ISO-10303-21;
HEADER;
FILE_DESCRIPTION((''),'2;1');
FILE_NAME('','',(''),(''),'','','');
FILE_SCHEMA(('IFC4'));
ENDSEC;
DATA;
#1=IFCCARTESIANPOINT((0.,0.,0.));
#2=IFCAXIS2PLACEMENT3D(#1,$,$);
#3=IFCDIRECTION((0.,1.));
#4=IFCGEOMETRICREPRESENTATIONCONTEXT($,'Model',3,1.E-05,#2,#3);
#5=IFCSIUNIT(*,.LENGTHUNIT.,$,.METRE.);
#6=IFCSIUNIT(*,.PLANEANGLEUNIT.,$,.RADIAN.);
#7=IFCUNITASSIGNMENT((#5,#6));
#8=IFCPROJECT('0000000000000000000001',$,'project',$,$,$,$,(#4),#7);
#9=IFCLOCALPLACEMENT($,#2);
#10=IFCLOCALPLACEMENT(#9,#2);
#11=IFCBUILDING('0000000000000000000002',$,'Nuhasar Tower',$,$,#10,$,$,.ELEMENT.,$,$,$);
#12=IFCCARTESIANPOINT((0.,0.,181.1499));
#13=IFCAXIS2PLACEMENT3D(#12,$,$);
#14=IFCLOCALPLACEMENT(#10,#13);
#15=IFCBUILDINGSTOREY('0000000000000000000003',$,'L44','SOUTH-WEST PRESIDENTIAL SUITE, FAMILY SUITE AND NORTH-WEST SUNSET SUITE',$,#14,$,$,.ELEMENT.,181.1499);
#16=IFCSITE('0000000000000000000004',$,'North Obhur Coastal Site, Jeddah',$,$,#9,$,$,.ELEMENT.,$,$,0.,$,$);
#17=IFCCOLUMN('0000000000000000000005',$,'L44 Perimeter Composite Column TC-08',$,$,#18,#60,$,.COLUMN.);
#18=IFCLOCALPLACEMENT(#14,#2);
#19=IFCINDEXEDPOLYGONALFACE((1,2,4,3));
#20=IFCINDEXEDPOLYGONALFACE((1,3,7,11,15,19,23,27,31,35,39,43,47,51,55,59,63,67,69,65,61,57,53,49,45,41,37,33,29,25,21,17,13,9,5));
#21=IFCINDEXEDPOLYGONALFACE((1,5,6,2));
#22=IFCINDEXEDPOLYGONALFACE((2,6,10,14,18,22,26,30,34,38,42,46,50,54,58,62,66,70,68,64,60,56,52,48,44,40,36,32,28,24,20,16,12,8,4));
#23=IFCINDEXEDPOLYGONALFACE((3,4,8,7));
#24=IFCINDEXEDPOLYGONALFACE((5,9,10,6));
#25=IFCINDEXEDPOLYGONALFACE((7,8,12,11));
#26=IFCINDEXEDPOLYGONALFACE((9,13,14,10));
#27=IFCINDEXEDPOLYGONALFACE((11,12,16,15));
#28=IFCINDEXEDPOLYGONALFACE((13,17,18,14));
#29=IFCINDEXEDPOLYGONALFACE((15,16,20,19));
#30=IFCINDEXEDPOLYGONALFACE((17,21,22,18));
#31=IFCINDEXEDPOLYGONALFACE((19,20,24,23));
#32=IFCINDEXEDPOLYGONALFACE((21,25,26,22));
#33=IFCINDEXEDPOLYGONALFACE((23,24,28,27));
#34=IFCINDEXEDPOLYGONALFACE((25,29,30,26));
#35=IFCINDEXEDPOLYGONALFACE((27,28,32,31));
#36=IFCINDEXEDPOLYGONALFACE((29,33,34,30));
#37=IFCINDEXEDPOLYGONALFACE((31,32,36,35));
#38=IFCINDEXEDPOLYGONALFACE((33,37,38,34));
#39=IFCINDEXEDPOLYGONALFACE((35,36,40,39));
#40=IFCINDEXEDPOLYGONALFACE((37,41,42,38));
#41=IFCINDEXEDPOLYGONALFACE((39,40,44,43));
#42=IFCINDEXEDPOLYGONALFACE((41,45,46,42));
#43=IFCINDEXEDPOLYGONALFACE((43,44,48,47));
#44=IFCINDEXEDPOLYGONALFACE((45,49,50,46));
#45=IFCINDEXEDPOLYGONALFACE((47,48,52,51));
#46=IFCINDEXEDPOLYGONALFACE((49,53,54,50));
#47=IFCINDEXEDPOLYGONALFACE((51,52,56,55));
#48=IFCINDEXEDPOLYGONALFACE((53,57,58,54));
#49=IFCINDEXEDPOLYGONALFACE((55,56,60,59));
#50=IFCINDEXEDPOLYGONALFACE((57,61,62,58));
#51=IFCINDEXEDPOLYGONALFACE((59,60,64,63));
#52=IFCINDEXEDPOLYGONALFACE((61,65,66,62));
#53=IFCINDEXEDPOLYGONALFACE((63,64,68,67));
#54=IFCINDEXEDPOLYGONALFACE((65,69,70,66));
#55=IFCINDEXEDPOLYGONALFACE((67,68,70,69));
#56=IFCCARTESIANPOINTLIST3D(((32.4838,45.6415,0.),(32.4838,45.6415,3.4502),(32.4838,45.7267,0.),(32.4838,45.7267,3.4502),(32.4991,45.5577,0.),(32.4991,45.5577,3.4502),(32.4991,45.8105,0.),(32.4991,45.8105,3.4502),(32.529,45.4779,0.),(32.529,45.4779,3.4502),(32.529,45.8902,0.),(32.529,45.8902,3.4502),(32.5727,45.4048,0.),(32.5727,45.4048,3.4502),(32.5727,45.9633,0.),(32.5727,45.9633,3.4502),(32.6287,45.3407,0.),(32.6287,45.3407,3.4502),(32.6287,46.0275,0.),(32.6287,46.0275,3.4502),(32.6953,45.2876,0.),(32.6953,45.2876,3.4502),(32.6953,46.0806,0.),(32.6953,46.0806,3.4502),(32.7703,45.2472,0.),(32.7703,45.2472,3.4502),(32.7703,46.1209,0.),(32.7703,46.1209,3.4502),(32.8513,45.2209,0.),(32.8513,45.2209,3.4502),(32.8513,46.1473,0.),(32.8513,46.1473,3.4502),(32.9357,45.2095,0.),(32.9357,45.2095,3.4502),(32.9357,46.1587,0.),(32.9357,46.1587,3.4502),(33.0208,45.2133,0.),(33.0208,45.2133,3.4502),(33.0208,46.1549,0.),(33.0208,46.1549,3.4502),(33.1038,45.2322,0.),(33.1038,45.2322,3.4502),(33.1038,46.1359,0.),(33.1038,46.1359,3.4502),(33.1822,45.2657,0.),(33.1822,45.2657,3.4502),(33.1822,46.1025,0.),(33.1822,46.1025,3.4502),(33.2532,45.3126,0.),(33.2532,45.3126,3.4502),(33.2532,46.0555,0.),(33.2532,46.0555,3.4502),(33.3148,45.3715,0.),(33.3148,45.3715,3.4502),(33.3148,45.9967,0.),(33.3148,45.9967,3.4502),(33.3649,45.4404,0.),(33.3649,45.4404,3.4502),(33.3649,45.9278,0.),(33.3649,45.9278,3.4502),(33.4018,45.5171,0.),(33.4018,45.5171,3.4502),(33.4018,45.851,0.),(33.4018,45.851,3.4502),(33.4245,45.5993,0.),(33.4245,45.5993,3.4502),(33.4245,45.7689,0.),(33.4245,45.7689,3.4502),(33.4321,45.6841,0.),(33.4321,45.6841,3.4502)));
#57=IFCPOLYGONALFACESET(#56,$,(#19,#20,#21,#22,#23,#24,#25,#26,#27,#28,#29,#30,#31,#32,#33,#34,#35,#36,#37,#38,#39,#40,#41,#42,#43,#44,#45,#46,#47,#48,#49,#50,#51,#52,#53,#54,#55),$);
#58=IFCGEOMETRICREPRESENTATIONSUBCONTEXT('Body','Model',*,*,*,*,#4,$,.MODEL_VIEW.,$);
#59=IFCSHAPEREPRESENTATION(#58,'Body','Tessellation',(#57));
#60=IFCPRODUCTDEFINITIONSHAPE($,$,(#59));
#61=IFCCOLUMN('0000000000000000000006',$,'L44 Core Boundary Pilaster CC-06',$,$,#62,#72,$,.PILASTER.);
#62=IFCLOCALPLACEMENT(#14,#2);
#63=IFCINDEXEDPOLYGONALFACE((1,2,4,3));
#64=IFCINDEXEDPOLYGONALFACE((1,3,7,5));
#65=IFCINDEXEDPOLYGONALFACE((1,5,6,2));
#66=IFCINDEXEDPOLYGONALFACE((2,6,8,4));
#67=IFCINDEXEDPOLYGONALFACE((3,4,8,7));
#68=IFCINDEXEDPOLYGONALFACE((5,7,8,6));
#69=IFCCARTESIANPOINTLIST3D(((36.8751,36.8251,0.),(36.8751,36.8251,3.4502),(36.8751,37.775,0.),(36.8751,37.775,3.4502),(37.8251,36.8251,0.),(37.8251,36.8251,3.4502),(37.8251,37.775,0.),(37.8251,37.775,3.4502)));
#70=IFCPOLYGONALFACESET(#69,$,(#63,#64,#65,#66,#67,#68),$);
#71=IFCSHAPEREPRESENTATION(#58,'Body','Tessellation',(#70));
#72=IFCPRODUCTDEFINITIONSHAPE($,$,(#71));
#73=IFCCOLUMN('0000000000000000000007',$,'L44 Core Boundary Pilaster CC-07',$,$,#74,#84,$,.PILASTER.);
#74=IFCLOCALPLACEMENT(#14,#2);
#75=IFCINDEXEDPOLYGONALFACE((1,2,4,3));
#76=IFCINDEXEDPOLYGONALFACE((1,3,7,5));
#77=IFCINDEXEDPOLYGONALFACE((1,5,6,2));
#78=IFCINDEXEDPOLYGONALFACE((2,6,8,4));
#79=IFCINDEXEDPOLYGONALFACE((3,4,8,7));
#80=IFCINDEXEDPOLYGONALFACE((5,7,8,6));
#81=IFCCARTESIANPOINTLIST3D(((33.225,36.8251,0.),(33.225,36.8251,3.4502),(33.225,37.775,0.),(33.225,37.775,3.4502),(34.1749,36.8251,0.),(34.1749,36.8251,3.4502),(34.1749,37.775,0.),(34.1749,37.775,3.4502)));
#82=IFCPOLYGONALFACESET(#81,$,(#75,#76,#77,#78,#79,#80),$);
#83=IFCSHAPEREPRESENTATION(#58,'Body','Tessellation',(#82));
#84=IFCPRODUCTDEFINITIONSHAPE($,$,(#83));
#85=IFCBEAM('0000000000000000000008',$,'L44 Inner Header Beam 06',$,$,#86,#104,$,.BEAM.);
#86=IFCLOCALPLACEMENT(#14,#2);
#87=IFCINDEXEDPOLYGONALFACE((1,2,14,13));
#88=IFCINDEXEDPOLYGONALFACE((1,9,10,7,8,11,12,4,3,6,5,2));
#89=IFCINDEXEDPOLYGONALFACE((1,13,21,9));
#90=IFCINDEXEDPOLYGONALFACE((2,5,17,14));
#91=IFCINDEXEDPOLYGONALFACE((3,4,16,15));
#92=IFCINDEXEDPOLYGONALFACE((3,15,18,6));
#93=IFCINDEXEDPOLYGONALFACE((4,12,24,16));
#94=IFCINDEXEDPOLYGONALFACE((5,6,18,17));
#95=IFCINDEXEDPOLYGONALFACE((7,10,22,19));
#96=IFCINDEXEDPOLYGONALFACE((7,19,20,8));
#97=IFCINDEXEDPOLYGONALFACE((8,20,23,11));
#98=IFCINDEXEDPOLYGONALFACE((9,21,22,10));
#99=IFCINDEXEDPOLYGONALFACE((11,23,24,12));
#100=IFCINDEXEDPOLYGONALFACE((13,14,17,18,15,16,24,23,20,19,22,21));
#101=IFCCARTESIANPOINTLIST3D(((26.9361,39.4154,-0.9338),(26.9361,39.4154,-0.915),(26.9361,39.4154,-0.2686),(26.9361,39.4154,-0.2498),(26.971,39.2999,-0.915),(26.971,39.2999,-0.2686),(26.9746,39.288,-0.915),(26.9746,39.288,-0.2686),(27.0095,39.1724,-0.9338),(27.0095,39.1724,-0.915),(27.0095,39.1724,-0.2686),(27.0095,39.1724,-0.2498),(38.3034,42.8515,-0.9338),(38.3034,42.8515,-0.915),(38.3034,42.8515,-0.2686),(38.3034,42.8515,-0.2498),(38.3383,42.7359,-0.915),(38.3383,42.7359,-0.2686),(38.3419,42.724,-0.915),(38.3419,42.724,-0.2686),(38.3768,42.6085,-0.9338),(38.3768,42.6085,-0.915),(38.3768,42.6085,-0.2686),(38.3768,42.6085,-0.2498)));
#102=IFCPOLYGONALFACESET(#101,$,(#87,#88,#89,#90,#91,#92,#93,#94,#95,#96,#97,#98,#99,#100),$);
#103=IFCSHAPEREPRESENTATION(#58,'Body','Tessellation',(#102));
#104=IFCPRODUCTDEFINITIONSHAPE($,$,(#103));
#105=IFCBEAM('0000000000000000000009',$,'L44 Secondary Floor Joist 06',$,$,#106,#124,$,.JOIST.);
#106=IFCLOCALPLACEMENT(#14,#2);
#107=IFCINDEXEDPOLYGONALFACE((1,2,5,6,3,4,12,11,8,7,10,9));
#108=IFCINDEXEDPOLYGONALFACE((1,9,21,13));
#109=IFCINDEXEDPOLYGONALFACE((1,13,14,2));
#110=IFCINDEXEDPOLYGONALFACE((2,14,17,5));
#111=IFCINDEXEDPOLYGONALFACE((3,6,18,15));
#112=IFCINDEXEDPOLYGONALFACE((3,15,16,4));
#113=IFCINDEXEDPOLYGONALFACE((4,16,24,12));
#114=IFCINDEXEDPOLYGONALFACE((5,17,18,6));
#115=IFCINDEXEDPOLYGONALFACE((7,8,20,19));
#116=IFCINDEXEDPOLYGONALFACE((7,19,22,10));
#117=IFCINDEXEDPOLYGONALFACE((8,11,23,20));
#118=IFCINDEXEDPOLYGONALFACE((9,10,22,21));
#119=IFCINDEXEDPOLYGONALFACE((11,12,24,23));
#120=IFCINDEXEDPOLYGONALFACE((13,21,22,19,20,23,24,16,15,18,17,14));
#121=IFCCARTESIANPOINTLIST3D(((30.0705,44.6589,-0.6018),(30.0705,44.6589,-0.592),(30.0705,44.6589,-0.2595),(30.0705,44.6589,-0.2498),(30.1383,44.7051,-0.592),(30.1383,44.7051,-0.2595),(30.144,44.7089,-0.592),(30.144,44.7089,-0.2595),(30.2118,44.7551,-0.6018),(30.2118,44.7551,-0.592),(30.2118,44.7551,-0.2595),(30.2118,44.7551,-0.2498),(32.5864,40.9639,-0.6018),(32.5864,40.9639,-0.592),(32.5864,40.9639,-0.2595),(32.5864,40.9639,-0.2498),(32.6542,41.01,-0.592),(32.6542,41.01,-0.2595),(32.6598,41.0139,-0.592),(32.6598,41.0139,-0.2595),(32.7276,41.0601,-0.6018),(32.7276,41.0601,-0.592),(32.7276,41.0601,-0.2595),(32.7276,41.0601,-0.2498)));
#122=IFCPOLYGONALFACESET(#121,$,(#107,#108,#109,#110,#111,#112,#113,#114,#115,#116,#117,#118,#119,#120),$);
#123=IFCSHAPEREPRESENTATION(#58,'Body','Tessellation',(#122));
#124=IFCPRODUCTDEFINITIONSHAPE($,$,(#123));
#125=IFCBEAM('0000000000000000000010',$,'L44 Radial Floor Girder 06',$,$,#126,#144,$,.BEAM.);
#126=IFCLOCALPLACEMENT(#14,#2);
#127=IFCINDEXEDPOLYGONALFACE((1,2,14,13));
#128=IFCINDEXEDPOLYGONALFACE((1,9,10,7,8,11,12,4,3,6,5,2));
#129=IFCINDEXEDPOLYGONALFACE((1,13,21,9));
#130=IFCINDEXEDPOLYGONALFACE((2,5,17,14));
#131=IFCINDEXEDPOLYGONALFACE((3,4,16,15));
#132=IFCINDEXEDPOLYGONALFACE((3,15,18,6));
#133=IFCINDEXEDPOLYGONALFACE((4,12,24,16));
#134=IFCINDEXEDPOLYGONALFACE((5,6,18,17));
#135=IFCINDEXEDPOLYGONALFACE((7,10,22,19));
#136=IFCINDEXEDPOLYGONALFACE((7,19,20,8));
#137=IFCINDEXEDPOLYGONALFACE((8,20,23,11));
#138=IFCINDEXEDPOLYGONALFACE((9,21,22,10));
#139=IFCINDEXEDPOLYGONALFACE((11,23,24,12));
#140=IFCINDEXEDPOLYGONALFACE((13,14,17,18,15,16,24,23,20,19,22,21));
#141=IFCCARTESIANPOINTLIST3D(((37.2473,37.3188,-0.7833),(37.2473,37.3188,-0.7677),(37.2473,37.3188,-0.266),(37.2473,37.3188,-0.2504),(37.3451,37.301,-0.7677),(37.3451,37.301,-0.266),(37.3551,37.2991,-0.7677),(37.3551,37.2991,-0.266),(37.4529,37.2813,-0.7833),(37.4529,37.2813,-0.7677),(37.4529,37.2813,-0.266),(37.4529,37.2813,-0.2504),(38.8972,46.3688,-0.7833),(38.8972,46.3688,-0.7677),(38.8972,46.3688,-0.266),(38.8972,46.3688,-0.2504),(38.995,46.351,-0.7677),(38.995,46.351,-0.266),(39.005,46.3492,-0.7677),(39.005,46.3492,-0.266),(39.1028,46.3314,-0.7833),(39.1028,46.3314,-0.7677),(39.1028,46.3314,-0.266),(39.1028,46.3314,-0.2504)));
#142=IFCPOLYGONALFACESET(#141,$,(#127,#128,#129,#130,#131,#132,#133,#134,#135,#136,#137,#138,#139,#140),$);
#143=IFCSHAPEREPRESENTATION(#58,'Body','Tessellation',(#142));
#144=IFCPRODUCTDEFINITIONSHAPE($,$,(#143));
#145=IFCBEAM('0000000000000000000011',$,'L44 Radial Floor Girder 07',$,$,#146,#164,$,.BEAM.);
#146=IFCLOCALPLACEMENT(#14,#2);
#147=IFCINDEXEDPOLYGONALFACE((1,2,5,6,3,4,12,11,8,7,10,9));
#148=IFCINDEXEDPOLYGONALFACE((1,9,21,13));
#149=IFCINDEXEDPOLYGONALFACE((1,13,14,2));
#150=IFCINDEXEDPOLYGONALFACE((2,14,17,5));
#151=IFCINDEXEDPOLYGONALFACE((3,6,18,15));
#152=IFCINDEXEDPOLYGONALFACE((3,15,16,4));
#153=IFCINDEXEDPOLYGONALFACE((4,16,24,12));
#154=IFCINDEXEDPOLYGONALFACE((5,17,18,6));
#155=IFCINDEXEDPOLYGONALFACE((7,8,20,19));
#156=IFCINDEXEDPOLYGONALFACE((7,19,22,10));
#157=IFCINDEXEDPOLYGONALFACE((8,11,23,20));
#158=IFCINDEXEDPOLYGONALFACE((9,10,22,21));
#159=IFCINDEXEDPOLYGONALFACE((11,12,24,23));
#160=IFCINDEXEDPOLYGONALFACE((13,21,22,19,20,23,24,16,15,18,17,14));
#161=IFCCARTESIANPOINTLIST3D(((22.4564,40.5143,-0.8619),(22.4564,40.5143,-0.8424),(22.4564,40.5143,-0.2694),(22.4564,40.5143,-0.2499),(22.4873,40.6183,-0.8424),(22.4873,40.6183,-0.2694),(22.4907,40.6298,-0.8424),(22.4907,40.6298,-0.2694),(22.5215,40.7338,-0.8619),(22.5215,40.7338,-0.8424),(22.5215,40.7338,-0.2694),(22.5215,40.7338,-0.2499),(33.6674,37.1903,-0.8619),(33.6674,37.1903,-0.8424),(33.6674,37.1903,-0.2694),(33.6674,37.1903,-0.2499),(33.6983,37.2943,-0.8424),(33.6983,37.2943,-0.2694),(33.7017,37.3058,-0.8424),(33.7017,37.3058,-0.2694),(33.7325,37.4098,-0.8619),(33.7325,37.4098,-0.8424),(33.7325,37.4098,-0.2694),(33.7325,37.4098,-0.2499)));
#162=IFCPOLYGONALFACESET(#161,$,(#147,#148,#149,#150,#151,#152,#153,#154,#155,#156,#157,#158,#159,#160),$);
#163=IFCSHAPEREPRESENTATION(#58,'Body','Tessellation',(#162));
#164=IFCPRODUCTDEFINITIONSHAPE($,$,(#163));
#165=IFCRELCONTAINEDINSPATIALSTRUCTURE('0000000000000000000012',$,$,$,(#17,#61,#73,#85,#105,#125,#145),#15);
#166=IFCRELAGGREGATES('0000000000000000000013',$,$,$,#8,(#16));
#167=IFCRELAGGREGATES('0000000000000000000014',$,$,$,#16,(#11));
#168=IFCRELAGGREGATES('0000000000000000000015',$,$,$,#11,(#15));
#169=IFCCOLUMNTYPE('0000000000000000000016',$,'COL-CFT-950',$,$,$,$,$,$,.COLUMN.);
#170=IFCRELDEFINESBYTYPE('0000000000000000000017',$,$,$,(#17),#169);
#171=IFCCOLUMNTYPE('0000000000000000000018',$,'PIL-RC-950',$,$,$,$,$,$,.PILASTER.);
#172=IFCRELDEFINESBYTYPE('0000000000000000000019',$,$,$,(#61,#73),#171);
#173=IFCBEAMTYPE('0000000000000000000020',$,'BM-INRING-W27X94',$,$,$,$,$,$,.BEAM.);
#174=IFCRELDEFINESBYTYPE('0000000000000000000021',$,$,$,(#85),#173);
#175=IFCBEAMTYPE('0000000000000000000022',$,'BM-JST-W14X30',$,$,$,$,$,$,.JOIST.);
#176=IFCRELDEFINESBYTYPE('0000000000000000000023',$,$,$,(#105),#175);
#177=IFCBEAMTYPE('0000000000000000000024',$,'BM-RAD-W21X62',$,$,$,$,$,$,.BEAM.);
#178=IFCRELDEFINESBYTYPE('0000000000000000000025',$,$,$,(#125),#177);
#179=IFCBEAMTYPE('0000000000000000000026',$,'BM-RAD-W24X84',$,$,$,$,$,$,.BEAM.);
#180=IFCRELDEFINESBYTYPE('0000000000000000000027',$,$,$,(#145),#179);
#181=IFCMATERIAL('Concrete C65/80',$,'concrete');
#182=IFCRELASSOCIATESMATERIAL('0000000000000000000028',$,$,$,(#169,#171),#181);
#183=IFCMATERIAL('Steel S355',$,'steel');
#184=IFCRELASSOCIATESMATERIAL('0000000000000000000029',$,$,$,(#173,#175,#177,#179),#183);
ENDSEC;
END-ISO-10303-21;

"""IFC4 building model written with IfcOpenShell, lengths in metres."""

from ifc_helpers import new_model, si_unit, direction, frame, origin, origin_2d, place, context, subcontext, project, spatial, rectangle, circle, i_section, extrude, material, material_profile, profile_set, type_object, element, save


model = new_model("IFC4")

# Units and contexts
model_context = context("Model", 3, precision=1e-05, world=origin(), true_north=direction((0.0, 1.0)))
body_context = subcontext(model_context, "Body", "Model", "MODEL_VIEW")
ifc_project = project(units=[si_unit("LENGTHUNIT", "METRE"), si_unit("PLANEANGLEUNIT", "RADIAN")], contexts=[model_context])

# Site, building, storey
site_placement = place(None, origin())
site = spatial("IfcSite", under=ifc_project, at=site_placement, Name="North Obhur Coastal Site, Jeddah", CompositionType="ELEMENT", RefElevation=0.0)
building_placement = place(site_placement, origin())
building = spatial("IfcBuilding", under=site, at=building_placement, Name="Nuhasar Tower", CompositionType="ELEMENT")
storey_placement = place(building_placement, frame((0.0, 0.0, 181.1499)))
storey = spatial("IfcBuildingStorey", under=building, at=storey_placement, Name="L44", Description="SOUTH-WEST PRESIDENTIAL SUITE, FAMILY SUITE AND NORTH-WEST SUNSET SUITE", CompositionType="ELEMENT", Elevation=181.1499)

# Columns
ifc_material_1 = material(Name="Concrete C65/80", Category="concrete")
ifc_material_profile_1 = material_profile(ifc_material_1, circle(Radius=0.4751, at=origin_2d()), Name="CFT950")
ifc_profile_set_1 = profile_set([ifc_material_profile_1], Name="Concrete C65/80")
column_type_1 = type_object("IfcColumnType", Name="COL-CFT-950", PredefinedType="COLUMN", material=ifc_profile_set_1)
column_placement = place(storey_placement, frame((32.957, 45.6841, 0.0), z_axis=(0.0, 0.0, 1.0), x_axis=(1.0, 0.0, 0.0)))
element("IfcColumn", 1, at=column_placement, inside=storey, type_object=column_type_1, Name="L44 Perimeter Composite Column TC-08", PredefinedType="COLUMN", context=body_context, shape_type="SweptSolid", body=[
    extrude(circle(Radius=0.4751, at=origin_2d()), origin(), (0.0, 0.0, 1.0), 3.4502),
])
ifc_material_profile_2 = material_profile(ifc_material_1, rectangle(XDim=0.95, YDim=0.95, at=origin_2d()), Name="RC950X950")
ifc_profile_set_2 = profile_set([ifc_material_profile_2], Name="Concrete C65/80")
column_type_2 = type_object("IfcColumnType", Name="PIL-RC-950", PredefinedType="PILASTER", material=ifc_profile_set_2)
for number, where, z_axis, x_axis, name in (
    (2, (37.3501, 37.3, 0.0), (0.0, 0.0, 1.0), (1.0, 0.0, 0.0), "L44 Core Boundary Pilaster CC-06"),
    (3, (33.7, 37.3, 0.0), (0.0, 0.0, 1.0), (1.0, 0.0, 0.0), "L44 Core Boundary Pilaster CC-07"),
):
    element("IfcColumn", number, at=place(storey_placement, frame(where, z_axis=z_axis, x_axis=x_axis)), inside=storey, type_object=column_type_2, Name=name, PredefinedType="PILASTER", context=body_context, shape_type="SweptSolid", body=[
        extrude(rectangle(XDim=0.95, YDim=0.95, at=origin_2d()), origin(), (0.0, 0.0, 1.0), 3.4502),
    ])

# Beams
ifc_material_2 = material(Name="Steel S355", Category="steel")
ifc_material_profile_3 = material_profile(ifc_material_2, i_section(OverallWidth=0.2539, OverallDepth=0.6841, WebThickness=0.0125, FlangeThickness=0.0188, at=origin_2d()), Name="W27X94")
ifc_profile_set_3 = profile_set([ifc_material_profile_3], Name="Steel S355")
beam_type_1 = type_object("IfcBeamType", Name="BM-INRING-W27X94", PredefinedType="BEAM", material=ifc_profile_set_3)
beam_1_placement = place(storey_placement, frame((38.3401, 42.73, -0.5918), z_axis=(-0.957224, -0.289347, 0.0), x_axis=(0.289347, -0.957224, 0.0)))
element("IfcBeam", 4, at=beam_1_placement, inside=storey, type_object=beam_type_1, Name="L44 Inner Header Beam 06", PredefinedType="BEAM", context=body_context, shape_type="SweptSolid", body=[
    extrude(i_section(OverallWidth=0.2539, OverallDepth=0.6841, WebThickness=0.0125, FlangeThickness=0.0188, at=origin_2d()), origin(), (0.0, 0.0, 1.0), 11.8752),
])
ifc_material_profile_4 = material_profile(ifc_material_2, i_section(OverallWidth=0.1709, OverallDepth=0.3521, WebThickness=0.0068, FlangeThickness=0.0098, at=origin_2d()), Name="W14X30")
ifc_profile_set_4 = profile_set([ifc_material_profile_4], Name="Steel S355")
beam_type_2 = type_object("IfcBeamType", Name="BM-JST-W14X30", PredefinedType="JOIST", material=ifc_profile_set_4)
beam_2_placement = place(storey_placement, frame((32.657, 41.012, -0.4258), z_axis=(-0.562803, 0.826591, 0.0), x_axis=(-0.826591, -0.562803, 0.0)))
element("IfcBeam", 5, at=beam_2_placement, inside=storey, type_object=beam_type_2, Name="L44 Secondary Floor Joist 06", PredefinedType="JOIST", context=body_context, shape_type="SweptSolid", body=[
    extrude(i_section(OverallWidth=0.1709, OverallDepth=0.3521, WebThickness=0.0068, FlangeThickness=0.0098, at=origin_2d()), origin(), (0.0, 0.0, 1.0), 4.4702),
])
ifc_material_profile_5 = material_profile(ifc_material_2, i_section(OverallWidth=0.209, OverallDepth=0.533, WebThickness=0.0103, FlangeThickness=0.0156, at=origin_2d()), Name="W21X62")
ifc_profile_set_5 = profile_set([ifc_material_profile_5], Name="Steel S355")
beam_type_3 = type_object("IfcBeamType", Name="BM-RAD-W21X62", PredefinedType="BEAM", material=ifc_profile_set_5)
beam_3_placement = place(storey_placement, frame((37.3501, 37.3, -0.5168), z_axis=(0.179353, 0.983785, 0.0), x_axis=(-0.983785, 0.179353, 0.0)))
element("IfcBeam", 6, at=beam_3_placement, inside=storey, type_object=beam_type_3, Name="L44 Radial Floor Girder 06", PredefinedType="BEAM", context=body_context, shape_type="SweptSolid", body=[
    extrude(i_section(OverallWidth=0.209, OverallDepth=0.533, WebThickness=0.0103, FlangeThickness=0.0156, at=origin_2d()), origin(), (0.0, 0.0, 1.0), 9.1992),
])
ifc_material_profile_6 = material_profile(ifc_material_2, i_section(OverallWidth=0.229, OverallDepth=0.6121, WebThickness=0.012, FlangeThickness=0.0195, at=origin_2d()), Name="W24X84")
ifc_profile_set_6 = profile_set([ifc_material_profile_6], Name="Steel S355")
beam_type_4 = type_object("IfcBeamType", Name="BM-RAD-W24X84", PredefinedType="BEAM", material=ifc_profile_set_6)
beam_4_placement = place(storey_placement, frame((33.7, 37.3, -0.5559), z_axis=(-0.958746, 0.284262, 0.0), x_axis=(-0.284262, -0.958746, 0.0)))
element("IfcBeam", 7, at=beam_4_placement, inside=storey, type_object=beam_type_4, Name="L44 Radial Floor Girder 07", PredefinedType="BEAM", context=body_context, shape_type="SweptSolid", body=[
    extrude(i_section(OverallWidth=0.229, OverallDepth=0.6121, WebThickness=0.012, FlangeThickness=0.0195, at=origin_2d()), origin(), (0.0, 0.0, 1.0), 11.6934),
])

save(model, "model.ifc")
